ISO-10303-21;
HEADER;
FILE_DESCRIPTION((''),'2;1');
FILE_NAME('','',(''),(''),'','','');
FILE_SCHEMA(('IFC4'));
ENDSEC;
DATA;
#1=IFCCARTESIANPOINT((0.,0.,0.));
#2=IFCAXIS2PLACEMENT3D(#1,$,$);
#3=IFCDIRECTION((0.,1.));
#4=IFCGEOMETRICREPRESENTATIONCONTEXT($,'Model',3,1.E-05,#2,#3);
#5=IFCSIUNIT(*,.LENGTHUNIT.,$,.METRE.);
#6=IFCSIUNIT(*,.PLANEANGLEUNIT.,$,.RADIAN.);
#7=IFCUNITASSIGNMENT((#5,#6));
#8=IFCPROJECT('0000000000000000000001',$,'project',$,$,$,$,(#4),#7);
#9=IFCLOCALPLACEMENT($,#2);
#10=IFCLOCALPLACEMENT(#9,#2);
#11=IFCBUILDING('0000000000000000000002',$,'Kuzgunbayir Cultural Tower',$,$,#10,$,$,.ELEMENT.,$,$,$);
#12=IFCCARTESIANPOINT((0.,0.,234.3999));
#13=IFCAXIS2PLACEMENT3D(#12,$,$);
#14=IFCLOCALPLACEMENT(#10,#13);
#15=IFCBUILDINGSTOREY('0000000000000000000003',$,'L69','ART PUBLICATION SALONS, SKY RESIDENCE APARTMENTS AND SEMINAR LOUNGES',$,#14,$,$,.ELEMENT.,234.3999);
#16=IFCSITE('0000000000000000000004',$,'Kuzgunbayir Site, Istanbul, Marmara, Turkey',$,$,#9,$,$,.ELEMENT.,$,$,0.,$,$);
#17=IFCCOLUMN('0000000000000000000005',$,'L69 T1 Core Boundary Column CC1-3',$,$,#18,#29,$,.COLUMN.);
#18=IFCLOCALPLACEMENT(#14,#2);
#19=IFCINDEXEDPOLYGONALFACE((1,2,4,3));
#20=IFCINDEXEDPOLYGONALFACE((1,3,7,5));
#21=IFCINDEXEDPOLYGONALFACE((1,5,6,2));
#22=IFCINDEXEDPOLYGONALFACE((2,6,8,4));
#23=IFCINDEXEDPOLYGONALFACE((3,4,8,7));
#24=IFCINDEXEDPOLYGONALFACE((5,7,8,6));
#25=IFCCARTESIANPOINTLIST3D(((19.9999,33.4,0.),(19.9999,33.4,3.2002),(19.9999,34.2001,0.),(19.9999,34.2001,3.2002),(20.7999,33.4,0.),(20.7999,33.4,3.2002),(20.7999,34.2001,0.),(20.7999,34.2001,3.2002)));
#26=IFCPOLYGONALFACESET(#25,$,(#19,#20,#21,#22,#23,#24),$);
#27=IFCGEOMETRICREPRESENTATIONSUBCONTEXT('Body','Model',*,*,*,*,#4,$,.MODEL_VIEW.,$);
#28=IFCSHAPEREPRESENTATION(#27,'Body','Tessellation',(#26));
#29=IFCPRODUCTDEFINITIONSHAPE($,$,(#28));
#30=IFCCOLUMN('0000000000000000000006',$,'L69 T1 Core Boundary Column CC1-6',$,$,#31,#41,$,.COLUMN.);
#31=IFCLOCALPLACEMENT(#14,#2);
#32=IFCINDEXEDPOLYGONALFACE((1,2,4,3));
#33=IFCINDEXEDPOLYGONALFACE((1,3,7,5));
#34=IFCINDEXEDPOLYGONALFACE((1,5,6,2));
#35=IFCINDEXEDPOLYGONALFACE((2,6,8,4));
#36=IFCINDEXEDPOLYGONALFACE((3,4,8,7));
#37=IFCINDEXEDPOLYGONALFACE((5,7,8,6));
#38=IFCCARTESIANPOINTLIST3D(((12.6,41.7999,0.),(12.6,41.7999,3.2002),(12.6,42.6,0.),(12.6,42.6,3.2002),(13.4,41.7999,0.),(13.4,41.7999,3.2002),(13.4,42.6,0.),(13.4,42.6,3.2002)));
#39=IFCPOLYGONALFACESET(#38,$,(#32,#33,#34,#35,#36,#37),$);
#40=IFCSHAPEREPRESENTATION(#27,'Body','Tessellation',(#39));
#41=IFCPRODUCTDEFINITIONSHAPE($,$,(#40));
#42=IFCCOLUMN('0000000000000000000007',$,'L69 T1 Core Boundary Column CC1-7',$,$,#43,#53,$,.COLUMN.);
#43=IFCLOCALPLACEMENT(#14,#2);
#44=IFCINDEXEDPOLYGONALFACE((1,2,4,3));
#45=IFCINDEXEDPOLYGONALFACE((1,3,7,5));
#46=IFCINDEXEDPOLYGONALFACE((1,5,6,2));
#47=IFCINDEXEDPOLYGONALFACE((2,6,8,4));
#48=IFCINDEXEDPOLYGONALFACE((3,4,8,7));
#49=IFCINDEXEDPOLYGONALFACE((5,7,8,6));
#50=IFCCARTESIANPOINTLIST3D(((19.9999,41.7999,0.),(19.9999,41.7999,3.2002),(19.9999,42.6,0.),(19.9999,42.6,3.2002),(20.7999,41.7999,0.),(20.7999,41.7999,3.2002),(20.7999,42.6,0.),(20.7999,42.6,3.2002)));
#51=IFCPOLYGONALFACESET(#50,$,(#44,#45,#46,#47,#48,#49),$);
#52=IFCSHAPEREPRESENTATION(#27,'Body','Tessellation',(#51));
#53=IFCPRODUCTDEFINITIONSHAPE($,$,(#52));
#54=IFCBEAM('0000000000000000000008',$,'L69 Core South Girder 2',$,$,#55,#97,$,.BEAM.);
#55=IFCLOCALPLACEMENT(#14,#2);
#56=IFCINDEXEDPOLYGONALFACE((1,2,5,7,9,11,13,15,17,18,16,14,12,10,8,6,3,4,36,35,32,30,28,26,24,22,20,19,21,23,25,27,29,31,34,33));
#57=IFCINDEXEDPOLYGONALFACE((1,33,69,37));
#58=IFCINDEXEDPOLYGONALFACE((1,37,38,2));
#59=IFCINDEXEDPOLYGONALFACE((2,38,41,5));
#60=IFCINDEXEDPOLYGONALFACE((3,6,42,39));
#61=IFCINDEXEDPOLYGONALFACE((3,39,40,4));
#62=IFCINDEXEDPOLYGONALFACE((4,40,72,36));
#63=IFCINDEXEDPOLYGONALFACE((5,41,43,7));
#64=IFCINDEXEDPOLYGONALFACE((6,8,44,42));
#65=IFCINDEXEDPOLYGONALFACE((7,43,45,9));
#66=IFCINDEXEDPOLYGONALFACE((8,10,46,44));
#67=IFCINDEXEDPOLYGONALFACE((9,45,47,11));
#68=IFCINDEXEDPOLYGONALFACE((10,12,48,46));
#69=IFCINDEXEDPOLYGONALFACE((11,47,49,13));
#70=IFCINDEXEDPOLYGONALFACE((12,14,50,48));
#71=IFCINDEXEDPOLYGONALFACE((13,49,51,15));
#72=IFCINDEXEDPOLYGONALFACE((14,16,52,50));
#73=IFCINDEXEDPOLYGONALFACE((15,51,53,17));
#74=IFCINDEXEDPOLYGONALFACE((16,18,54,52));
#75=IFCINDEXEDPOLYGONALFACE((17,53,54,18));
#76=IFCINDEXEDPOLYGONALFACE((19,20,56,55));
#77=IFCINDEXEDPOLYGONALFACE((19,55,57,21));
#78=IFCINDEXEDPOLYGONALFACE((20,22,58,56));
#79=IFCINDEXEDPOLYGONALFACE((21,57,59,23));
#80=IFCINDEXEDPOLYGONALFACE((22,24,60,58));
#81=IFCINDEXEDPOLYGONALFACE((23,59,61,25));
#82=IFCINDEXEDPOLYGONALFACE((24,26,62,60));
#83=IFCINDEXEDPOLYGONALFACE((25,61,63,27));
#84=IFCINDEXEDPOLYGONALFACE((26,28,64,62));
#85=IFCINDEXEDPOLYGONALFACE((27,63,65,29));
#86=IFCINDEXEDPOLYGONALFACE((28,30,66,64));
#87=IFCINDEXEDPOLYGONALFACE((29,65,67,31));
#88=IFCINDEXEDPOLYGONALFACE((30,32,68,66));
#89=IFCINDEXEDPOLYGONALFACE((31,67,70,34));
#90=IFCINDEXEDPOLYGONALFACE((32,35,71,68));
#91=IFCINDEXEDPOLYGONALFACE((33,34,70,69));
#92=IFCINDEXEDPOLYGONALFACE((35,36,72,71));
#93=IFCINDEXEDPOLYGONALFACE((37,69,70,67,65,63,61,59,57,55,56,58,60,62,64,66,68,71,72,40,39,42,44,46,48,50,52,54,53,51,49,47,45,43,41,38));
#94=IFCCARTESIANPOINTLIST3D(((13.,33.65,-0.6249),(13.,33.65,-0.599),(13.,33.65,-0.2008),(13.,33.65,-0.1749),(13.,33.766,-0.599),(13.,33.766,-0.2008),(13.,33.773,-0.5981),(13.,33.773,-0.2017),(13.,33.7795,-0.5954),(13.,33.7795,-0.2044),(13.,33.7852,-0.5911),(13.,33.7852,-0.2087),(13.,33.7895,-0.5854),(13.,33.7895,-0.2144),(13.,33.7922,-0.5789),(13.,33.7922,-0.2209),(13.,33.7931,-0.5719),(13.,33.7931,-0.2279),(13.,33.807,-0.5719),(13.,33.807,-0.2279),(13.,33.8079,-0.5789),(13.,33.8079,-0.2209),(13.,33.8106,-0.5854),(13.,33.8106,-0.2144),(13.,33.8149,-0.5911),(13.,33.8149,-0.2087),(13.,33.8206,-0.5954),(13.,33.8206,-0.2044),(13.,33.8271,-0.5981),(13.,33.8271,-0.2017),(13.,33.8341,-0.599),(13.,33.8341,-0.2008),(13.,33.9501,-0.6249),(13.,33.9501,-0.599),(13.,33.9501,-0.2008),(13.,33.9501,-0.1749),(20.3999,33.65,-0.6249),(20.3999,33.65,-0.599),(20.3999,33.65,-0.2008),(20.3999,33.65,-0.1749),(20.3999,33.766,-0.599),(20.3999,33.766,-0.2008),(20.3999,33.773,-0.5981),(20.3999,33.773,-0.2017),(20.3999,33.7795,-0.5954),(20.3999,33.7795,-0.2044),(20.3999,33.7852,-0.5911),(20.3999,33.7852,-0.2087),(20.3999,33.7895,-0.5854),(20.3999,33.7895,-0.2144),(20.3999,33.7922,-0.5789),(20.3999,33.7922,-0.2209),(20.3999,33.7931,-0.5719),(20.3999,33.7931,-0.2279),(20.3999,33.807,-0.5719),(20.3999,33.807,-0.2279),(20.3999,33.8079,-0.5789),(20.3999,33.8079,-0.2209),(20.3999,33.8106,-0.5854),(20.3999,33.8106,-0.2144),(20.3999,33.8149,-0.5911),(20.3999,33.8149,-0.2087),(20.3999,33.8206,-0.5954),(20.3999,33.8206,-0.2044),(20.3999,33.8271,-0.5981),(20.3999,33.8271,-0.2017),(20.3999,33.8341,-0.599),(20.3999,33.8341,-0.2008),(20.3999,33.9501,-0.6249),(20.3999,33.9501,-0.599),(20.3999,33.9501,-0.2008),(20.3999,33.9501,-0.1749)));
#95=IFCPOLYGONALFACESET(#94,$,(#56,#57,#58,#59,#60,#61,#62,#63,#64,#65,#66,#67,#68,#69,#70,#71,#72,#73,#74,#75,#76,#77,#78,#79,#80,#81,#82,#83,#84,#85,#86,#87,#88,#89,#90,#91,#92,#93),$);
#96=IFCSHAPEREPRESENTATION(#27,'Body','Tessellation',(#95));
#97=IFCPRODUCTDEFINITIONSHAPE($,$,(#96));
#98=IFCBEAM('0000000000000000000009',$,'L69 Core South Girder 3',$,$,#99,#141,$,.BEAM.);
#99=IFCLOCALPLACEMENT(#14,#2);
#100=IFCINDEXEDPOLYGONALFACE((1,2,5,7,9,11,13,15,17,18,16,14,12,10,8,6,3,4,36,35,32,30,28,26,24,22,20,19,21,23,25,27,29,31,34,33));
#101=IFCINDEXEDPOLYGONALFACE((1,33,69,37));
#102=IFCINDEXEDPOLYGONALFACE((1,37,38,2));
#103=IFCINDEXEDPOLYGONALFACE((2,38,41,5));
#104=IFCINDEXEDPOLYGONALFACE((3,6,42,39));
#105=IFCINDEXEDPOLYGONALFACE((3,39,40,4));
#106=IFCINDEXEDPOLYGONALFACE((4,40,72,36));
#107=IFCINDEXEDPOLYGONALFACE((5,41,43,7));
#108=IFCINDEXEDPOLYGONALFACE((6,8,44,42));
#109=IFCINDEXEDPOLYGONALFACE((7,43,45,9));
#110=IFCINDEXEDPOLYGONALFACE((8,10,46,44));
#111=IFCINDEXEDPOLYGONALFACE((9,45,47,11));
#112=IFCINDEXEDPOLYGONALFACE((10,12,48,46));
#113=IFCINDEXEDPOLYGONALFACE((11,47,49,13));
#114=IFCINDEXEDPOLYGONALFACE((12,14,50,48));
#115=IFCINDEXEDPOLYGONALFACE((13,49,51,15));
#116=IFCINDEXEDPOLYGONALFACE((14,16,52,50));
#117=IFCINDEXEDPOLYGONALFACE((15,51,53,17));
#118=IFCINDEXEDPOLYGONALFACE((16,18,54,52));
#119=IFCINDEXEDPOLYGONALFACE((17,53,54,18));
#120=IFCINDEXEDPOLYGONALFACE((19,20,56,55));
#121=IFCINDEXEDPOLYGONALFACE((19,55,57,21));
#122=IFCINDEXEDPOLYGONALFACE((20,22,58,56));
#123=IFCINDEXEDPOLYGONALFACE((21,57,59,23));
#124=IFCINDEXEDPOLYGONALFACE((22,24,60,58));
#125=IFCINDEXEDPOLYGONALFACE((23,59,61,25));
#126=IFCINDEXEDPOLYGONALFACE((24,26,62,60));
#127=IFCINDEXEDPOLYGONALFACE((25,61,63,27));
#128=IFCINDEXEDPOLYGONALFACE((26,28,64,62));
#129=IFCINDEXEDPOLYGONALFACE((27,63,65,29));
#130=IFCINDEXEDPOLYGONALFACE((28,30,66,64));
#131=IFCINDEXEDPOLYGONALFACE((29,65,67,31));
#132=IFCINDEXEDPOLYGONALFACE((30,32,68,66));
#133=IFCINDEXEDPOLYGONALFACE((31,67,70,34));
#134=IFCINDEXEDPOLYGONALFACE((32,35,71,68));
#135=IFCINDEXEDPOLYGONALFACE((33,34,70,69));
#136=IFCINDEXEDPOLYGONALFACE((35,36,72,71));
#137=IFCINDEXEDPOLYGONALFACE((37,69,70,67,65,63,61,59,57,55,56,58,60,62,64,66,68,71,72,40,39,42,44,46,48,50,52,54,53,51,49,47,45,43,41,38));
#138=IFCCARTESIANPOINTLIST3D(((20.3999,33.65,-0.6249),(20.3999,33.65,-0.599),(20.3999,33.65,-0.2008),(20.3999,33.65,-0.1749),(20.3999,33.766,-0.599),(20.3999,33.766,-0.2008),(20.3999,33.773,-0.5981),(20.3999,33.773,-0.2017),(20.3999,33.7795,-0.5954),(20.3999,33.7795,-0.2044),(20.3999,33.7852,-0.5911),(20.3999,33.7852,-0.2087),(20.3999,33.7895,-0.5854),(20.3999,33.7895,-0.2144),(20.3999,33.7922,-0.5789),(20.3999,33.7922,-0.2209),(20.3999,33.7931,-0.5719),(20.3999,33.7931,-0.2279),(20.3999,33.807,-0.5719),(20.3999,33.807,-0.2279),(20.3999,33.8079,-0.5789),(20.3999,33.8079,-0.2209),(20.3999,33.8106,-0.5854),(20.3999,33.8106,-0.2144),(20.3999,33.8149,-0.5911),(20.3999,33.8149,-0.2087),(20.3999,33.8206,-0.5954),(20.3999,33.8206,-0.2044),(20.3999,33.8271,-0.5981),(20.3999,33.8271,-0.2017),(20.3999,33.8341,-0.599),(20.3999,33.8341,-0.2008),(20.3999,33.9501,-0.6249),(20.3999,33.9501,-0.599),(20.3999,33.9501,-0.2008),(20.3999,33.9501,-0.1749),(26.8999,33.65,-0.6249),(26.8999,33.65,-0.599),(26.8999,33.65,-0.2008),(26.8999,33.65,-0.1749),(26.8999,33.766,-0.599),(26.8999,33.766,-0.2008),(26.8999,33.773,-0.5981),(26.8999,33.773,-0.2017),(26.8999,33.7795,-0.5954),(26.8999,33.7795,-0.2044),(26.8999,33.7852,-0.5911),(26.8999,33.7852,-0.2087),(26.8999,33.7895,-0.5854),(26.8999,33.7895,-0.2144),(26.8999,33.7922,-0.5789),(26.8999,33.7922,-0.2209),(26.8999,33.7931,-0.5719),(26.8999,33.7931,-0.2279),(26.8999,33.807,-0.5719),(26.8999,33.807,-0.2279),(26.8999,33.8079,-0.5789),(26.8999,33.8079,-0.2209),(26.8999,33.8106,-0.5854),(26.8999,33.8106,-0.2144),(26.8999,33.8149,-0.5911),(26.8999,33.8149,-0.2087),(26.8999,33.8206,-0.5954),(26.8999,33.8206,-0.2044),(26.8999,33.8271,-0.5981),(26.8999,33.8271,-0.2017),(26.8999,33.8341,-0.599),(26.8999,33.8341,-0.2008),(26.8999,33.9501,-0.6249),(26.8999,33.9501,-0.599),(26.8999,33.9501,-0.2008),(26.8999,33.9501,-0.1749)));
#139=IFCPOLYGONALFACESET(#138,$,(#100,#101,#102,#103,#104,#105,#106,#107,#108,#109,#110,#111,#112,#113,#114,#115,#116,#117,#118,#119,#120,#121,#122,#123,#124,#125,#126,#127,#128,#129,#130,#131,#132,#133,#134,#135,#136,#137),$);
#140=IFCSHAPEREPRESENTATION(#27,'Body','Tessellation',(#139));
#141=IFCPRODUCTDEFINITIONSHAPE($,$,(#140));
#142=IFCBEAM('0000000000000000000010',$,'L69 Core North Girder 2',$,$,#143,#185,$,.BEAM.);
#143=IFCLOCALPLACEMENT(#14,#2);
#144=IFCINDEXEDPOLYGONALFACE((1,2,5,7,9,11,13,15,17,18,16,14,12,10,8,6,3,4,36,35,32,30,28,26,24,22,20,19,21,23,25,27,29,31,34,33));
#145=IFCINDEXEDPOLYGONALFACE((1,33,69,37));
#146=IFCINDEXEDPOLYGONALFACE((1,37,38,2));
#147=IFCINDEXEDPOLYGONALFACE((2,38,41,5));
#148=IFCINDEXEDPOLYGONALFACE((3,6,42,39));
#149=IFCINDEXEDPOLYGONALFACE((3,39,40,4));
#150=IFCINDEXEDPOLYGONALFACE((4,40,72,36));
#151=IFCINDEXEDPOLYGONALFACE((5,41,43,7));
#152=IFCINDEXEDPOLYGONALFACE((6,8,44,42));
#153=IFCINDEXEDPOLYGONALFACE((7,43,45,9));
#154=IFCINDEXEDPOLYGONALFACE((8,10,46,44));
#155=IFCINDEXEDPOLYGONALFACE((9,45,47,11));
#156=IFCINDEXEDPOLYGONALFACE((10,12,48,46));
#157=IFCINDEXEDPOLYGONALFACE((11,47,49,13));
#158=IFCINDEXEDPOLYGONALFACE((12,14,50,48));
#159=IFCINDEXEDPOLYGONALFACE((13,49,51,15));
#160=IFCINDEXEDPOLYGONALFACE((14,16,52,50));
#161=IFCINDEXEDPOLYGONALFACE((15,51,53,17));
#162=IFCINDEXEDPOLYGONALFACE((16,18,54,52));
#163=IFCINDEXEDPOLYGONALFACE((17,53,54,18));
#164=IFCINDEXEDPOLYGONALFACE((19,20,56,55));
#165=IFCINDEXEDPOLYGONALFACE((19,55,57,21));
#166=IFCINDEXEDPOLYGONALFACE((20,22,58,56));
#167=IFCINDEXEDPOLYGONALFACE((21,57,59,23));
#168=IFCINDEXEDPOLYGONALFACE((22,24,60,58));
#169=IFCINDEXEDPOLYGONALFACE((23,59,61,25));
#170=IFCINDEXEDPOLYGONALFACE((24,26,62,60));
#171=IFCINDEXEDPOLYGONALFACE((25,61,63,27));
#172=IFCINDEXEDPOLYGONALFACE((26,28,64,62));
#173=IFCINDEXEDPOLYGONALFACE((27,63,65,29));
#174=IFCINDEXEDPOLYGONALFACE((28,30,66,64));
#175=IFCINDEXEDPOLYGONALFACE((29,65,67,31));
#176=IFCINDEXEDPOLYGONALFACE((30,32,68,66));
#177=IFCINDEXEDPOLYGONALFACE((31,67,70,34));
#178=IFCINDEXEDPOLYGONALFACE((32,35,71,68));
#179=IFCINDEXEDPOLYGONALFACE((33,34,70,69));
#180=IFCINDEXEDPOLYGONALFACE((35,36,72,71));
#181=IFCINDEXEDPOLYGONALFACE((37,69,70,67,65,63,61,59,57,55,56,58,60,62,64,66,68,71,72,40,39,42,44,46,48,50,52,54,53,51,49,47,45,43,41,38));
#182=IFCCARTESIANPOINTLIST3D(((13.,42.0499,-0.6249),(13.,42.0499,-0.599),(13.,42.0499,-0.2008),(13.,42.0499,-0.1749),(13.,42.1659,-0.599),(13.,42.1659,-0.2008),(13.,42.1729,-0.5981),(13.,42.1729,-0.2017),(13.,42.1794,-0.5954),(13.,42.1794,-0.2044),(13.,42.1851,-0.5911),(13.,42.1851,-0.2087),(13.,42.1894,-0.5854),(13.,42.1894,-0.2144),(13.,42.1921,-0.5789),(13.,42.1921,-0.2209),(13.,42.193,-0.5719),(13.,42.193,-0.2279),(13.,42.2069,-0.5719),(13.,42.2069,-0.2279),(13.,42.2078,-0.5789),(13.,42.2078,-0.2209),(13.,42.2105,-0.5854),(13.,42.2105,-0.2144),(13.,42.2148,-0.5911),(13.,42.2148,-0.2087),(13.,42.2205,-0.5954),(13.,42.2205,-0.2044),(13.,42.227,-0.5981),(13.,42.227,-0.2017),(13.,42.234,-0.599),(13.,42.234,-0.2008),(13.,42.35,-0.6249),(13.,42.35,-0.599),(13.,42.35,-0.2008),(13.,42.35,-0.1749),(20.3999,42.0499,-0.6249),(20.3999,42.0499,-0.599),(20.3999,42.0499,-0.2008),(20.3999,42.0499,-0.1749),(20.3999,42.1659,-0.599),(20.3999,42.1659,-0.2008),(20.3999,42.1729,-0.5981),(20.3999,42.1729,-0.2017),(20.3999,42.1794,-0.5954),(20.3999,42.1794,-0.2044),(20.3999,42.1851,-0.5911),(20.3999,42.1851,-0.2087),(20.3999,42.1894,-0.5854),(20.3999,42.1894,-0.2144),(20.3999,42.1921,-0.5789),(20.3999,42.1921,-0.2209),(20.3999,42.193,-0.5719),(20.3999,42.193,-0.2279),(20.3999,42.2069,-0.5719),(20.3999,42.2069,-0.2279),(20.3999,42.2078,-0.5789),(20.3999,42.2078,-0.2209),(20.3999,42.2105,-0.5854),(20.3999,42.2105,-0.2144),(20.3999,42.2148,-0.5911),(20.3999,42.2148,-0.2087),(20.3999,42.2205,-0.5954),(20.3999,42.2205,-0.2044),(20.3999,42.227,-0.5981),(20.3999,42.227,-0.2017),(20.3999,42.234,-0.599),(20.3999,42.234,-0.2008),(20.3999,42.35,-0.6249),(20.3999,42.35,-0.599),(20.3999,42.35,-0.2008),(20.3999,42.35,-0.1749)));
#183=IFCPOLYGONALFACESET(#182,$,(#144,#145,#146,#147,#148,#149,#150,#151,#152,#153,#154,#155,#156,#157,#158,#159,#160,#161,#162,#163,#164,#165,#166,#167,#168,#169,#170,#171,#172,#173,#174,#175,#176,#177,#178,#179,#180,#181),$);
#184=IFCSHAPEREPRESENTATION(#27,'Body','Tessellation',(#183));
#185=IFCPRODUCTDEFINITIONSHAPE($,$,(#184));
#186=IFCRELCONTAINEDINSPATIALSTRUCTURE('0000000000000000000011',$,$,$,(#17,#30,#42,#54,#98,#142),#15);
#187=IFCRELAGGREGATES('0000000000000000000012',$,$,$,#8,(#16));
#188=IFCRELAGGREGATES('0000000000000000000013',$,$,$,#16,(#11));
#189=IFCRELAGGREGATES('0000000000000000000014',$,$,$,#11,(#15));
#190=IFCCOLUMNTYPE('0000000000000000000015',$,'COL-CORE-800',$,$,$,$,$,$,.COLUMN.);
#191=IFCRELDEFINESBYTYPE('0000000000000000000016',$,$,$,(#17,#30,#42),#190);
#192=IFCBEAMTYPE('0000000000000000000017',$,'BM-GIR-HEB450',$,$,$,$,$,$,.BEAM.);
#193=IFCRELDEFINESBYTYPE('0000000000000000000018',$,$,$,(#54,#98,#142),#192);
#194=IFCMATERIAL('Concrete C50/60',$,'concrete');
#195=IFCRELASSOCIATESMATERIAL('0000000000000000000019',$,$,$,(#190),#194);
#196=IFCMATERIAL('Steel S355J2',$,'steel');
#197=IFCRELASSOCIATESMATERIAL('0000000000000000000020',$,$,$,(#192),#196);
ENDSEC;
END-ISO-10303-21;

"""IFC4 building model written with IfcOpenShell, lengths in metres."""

from ifc_helpers import new_model, si_unit, direction, frame, origin, origin_2d, place, context, subcontext, project, spatial, rectangle, i_section, extrude, material, material_profile, profile_set, type_object, element, save


model = new_model("IFC4")

# Units and contexts
model_context = context("Model", 3, precision=1e-05, world=origin(), true_north=direction((0.0, 1.0)))
body_context = subcontext(model_context, "Body", "Model", "MODEL_VIEW")
ifc_project = project(units=[si_unit("LENGTHUNIT", "METRE"), si_unit("PLANEANGLEUNIT", "RADIAN")], contexts=[model_context])

# Site, building, storey
site_placement = place(None, origin())
site = spatial("IfcSite", under=ifc_project, at=site_placement, Name="Kuzgunbayir Site, Istanbul, Marmara, Turkey", CompositionType="ELEMENT", RefElevation=0.0)
building_placement = place(site_placement, origin())
building = spatial("IfcBuilding", under=site, at=building_placement, Name="Kuzgunbayir Cultural Tower", CompositionType="ELEMENT")
storey_placement = place(building_placement, frame((0.0, 0.0, 234.3999)))
storey = spatial("IfcBuildingStorey", under=building, at=storey_placement, Name="L69", Description="ART PUBLICATION SALONS, SKY RESIDENCE APARTMENTS AND SEMINAR LOUNGES", CompositionType="ELEMENT", Elevation=234.3999)

# Columns
ifc_material_1 = material(Name="Concrete C50/60", Category="concrete")
ifc_material_profile_1 = material_profile(ifc_material_1, rectangle(XDim=0.8, YDim=0.8, at=origin_2d()), Name="RC 800x800")
ifc_profile_set_1 = profile_set([ifc_material_profile_1], Name="Concrete C50/60")
column_type = type_object("IfcColumnType", Name="COL-CORE-800", PredefinedType="COLUMN", material=ifc_profile_set_1)
for number, where, z_axis, x_axis, name in (
    (1, (20.3999, 33.8, 0.0), (0.0, 0.0, 1.0), (1.0, 0.0, 0.0), "L69 T1 Core Boundary Column CC1-3"),
    (2, (13.0, 42.2, 0.0), (0.0, 0.0, 1.0), (1.0, 0.0, 0.0), "L69 T1 Core Boundary Column CC1-6"),
    (3, (20.3999, 42.2, 0.0), (0.0, 0.0, 1.0), (1.0, 0.0, 0.0), "L69 T1 Core Boundary Column CC1-7"),
):
    element("IfcColumn", number, at=place(storey_placement, frame(where, z_axis=z_axis, x_axis=x_axis)), inside=storey, type_object=column_type, Name=name, PredefinedType="COLUMN", context=body_context, shape_type="SweptSolid", body=[
        extrude(rectangle(XDim=0.8, YDim=0.8, at=origin_2d()), origin(), (0.0, 0.0, 1.0), 3.2002),
    ])

# Beams
ifc_material_2 = material(Name="Steel S355J2", Category="steel")
ifc_material_profile_2 = material_profile(ifc_material_2, i_section(OverallWidth=0.3, OverallDepth=0.45, WebThickness=0.0139, FlangeThickness=0.0259, FilletRadius=0.0271, at=origin_2d()), Name="HEB 450")
ifc_profile_set_2 = profile_set([ifc_material_profile_2], Name="Steel S355J2")
beam_type = type_object("IfcBeamType", Name="BM-GIR-HEB450", PredefinedType="BEAM", material=ifc_profile_set_2)
beam_1_placement = place(storey_placement, frame((13.0, 33.8, -0.3999), z_axis=(1.0, 0.0, 0.0), x_axis=(0.0, 1.0, 0.0)))
element("IfcBeam", 4, at=beam_1_placement, inside=storey, type_object=beam_type, Name="L69 Core South Girder 2", PredefinedType="BEAM", context=body_context, shape_type="SweptSolid", body=[
    extrude(i_section(OverallWidth=0.3, OverallDepth=0.45, WebThickness=0.0139, FlangeThickness=0.0259, FilletRadius=0.0271, at=origin_2d()), origin(), (0.0, 0.0, 1.0), 7.3999),
])
beam_2_placement = place(storey_placement, frame((20.3999, 33.8, -0.3999), z_axis=(1.0, 0.0, 0.0), x_axis=(0.0, 1.0, 0.0)))
element("IfcBeam", 5, at=beam_2_placement, inside=storey, type_object=beam_type, Name="L69 Core South Girder 3", PredefinedType="BEAM", context=body_context, shape_type="SweptSolid", body=[
    extrude(i_section(OverallWidth=0.3, OverallDepth=0.45, WebThickness=0.0139, FlangeThickness=0.0259, FilletRadius=0.0271, at=origin_2d()), origin(), (0.0, 0.0, 1.0), 6.5),
])
beam_3_placement = place(storey_placement, frame((13.0, 42.2, -0.3999), z_axis=(1.0, 0.0, 0.0), x_axis=(0.0, 1.0, 0.0)))
element("IfcBeam", 6, at=beam_3_placement, inside=storey, type_object=beam_type, Name="L69 Core North Girder 2", PredefinedType="BEAM", context=body_context, shape_type="SweptSolid", body=[
    extrude(i_section(OverallWidth=0.3, OverallDepth=0.45, WebThickness=0.0139, FlangeThickness=0.0259, FilletRadius=0.0271, at=origin_2d()), origin(), (0.0, 0.0, 1.0), 7.3999),
])

save(model, "model.ifc")
